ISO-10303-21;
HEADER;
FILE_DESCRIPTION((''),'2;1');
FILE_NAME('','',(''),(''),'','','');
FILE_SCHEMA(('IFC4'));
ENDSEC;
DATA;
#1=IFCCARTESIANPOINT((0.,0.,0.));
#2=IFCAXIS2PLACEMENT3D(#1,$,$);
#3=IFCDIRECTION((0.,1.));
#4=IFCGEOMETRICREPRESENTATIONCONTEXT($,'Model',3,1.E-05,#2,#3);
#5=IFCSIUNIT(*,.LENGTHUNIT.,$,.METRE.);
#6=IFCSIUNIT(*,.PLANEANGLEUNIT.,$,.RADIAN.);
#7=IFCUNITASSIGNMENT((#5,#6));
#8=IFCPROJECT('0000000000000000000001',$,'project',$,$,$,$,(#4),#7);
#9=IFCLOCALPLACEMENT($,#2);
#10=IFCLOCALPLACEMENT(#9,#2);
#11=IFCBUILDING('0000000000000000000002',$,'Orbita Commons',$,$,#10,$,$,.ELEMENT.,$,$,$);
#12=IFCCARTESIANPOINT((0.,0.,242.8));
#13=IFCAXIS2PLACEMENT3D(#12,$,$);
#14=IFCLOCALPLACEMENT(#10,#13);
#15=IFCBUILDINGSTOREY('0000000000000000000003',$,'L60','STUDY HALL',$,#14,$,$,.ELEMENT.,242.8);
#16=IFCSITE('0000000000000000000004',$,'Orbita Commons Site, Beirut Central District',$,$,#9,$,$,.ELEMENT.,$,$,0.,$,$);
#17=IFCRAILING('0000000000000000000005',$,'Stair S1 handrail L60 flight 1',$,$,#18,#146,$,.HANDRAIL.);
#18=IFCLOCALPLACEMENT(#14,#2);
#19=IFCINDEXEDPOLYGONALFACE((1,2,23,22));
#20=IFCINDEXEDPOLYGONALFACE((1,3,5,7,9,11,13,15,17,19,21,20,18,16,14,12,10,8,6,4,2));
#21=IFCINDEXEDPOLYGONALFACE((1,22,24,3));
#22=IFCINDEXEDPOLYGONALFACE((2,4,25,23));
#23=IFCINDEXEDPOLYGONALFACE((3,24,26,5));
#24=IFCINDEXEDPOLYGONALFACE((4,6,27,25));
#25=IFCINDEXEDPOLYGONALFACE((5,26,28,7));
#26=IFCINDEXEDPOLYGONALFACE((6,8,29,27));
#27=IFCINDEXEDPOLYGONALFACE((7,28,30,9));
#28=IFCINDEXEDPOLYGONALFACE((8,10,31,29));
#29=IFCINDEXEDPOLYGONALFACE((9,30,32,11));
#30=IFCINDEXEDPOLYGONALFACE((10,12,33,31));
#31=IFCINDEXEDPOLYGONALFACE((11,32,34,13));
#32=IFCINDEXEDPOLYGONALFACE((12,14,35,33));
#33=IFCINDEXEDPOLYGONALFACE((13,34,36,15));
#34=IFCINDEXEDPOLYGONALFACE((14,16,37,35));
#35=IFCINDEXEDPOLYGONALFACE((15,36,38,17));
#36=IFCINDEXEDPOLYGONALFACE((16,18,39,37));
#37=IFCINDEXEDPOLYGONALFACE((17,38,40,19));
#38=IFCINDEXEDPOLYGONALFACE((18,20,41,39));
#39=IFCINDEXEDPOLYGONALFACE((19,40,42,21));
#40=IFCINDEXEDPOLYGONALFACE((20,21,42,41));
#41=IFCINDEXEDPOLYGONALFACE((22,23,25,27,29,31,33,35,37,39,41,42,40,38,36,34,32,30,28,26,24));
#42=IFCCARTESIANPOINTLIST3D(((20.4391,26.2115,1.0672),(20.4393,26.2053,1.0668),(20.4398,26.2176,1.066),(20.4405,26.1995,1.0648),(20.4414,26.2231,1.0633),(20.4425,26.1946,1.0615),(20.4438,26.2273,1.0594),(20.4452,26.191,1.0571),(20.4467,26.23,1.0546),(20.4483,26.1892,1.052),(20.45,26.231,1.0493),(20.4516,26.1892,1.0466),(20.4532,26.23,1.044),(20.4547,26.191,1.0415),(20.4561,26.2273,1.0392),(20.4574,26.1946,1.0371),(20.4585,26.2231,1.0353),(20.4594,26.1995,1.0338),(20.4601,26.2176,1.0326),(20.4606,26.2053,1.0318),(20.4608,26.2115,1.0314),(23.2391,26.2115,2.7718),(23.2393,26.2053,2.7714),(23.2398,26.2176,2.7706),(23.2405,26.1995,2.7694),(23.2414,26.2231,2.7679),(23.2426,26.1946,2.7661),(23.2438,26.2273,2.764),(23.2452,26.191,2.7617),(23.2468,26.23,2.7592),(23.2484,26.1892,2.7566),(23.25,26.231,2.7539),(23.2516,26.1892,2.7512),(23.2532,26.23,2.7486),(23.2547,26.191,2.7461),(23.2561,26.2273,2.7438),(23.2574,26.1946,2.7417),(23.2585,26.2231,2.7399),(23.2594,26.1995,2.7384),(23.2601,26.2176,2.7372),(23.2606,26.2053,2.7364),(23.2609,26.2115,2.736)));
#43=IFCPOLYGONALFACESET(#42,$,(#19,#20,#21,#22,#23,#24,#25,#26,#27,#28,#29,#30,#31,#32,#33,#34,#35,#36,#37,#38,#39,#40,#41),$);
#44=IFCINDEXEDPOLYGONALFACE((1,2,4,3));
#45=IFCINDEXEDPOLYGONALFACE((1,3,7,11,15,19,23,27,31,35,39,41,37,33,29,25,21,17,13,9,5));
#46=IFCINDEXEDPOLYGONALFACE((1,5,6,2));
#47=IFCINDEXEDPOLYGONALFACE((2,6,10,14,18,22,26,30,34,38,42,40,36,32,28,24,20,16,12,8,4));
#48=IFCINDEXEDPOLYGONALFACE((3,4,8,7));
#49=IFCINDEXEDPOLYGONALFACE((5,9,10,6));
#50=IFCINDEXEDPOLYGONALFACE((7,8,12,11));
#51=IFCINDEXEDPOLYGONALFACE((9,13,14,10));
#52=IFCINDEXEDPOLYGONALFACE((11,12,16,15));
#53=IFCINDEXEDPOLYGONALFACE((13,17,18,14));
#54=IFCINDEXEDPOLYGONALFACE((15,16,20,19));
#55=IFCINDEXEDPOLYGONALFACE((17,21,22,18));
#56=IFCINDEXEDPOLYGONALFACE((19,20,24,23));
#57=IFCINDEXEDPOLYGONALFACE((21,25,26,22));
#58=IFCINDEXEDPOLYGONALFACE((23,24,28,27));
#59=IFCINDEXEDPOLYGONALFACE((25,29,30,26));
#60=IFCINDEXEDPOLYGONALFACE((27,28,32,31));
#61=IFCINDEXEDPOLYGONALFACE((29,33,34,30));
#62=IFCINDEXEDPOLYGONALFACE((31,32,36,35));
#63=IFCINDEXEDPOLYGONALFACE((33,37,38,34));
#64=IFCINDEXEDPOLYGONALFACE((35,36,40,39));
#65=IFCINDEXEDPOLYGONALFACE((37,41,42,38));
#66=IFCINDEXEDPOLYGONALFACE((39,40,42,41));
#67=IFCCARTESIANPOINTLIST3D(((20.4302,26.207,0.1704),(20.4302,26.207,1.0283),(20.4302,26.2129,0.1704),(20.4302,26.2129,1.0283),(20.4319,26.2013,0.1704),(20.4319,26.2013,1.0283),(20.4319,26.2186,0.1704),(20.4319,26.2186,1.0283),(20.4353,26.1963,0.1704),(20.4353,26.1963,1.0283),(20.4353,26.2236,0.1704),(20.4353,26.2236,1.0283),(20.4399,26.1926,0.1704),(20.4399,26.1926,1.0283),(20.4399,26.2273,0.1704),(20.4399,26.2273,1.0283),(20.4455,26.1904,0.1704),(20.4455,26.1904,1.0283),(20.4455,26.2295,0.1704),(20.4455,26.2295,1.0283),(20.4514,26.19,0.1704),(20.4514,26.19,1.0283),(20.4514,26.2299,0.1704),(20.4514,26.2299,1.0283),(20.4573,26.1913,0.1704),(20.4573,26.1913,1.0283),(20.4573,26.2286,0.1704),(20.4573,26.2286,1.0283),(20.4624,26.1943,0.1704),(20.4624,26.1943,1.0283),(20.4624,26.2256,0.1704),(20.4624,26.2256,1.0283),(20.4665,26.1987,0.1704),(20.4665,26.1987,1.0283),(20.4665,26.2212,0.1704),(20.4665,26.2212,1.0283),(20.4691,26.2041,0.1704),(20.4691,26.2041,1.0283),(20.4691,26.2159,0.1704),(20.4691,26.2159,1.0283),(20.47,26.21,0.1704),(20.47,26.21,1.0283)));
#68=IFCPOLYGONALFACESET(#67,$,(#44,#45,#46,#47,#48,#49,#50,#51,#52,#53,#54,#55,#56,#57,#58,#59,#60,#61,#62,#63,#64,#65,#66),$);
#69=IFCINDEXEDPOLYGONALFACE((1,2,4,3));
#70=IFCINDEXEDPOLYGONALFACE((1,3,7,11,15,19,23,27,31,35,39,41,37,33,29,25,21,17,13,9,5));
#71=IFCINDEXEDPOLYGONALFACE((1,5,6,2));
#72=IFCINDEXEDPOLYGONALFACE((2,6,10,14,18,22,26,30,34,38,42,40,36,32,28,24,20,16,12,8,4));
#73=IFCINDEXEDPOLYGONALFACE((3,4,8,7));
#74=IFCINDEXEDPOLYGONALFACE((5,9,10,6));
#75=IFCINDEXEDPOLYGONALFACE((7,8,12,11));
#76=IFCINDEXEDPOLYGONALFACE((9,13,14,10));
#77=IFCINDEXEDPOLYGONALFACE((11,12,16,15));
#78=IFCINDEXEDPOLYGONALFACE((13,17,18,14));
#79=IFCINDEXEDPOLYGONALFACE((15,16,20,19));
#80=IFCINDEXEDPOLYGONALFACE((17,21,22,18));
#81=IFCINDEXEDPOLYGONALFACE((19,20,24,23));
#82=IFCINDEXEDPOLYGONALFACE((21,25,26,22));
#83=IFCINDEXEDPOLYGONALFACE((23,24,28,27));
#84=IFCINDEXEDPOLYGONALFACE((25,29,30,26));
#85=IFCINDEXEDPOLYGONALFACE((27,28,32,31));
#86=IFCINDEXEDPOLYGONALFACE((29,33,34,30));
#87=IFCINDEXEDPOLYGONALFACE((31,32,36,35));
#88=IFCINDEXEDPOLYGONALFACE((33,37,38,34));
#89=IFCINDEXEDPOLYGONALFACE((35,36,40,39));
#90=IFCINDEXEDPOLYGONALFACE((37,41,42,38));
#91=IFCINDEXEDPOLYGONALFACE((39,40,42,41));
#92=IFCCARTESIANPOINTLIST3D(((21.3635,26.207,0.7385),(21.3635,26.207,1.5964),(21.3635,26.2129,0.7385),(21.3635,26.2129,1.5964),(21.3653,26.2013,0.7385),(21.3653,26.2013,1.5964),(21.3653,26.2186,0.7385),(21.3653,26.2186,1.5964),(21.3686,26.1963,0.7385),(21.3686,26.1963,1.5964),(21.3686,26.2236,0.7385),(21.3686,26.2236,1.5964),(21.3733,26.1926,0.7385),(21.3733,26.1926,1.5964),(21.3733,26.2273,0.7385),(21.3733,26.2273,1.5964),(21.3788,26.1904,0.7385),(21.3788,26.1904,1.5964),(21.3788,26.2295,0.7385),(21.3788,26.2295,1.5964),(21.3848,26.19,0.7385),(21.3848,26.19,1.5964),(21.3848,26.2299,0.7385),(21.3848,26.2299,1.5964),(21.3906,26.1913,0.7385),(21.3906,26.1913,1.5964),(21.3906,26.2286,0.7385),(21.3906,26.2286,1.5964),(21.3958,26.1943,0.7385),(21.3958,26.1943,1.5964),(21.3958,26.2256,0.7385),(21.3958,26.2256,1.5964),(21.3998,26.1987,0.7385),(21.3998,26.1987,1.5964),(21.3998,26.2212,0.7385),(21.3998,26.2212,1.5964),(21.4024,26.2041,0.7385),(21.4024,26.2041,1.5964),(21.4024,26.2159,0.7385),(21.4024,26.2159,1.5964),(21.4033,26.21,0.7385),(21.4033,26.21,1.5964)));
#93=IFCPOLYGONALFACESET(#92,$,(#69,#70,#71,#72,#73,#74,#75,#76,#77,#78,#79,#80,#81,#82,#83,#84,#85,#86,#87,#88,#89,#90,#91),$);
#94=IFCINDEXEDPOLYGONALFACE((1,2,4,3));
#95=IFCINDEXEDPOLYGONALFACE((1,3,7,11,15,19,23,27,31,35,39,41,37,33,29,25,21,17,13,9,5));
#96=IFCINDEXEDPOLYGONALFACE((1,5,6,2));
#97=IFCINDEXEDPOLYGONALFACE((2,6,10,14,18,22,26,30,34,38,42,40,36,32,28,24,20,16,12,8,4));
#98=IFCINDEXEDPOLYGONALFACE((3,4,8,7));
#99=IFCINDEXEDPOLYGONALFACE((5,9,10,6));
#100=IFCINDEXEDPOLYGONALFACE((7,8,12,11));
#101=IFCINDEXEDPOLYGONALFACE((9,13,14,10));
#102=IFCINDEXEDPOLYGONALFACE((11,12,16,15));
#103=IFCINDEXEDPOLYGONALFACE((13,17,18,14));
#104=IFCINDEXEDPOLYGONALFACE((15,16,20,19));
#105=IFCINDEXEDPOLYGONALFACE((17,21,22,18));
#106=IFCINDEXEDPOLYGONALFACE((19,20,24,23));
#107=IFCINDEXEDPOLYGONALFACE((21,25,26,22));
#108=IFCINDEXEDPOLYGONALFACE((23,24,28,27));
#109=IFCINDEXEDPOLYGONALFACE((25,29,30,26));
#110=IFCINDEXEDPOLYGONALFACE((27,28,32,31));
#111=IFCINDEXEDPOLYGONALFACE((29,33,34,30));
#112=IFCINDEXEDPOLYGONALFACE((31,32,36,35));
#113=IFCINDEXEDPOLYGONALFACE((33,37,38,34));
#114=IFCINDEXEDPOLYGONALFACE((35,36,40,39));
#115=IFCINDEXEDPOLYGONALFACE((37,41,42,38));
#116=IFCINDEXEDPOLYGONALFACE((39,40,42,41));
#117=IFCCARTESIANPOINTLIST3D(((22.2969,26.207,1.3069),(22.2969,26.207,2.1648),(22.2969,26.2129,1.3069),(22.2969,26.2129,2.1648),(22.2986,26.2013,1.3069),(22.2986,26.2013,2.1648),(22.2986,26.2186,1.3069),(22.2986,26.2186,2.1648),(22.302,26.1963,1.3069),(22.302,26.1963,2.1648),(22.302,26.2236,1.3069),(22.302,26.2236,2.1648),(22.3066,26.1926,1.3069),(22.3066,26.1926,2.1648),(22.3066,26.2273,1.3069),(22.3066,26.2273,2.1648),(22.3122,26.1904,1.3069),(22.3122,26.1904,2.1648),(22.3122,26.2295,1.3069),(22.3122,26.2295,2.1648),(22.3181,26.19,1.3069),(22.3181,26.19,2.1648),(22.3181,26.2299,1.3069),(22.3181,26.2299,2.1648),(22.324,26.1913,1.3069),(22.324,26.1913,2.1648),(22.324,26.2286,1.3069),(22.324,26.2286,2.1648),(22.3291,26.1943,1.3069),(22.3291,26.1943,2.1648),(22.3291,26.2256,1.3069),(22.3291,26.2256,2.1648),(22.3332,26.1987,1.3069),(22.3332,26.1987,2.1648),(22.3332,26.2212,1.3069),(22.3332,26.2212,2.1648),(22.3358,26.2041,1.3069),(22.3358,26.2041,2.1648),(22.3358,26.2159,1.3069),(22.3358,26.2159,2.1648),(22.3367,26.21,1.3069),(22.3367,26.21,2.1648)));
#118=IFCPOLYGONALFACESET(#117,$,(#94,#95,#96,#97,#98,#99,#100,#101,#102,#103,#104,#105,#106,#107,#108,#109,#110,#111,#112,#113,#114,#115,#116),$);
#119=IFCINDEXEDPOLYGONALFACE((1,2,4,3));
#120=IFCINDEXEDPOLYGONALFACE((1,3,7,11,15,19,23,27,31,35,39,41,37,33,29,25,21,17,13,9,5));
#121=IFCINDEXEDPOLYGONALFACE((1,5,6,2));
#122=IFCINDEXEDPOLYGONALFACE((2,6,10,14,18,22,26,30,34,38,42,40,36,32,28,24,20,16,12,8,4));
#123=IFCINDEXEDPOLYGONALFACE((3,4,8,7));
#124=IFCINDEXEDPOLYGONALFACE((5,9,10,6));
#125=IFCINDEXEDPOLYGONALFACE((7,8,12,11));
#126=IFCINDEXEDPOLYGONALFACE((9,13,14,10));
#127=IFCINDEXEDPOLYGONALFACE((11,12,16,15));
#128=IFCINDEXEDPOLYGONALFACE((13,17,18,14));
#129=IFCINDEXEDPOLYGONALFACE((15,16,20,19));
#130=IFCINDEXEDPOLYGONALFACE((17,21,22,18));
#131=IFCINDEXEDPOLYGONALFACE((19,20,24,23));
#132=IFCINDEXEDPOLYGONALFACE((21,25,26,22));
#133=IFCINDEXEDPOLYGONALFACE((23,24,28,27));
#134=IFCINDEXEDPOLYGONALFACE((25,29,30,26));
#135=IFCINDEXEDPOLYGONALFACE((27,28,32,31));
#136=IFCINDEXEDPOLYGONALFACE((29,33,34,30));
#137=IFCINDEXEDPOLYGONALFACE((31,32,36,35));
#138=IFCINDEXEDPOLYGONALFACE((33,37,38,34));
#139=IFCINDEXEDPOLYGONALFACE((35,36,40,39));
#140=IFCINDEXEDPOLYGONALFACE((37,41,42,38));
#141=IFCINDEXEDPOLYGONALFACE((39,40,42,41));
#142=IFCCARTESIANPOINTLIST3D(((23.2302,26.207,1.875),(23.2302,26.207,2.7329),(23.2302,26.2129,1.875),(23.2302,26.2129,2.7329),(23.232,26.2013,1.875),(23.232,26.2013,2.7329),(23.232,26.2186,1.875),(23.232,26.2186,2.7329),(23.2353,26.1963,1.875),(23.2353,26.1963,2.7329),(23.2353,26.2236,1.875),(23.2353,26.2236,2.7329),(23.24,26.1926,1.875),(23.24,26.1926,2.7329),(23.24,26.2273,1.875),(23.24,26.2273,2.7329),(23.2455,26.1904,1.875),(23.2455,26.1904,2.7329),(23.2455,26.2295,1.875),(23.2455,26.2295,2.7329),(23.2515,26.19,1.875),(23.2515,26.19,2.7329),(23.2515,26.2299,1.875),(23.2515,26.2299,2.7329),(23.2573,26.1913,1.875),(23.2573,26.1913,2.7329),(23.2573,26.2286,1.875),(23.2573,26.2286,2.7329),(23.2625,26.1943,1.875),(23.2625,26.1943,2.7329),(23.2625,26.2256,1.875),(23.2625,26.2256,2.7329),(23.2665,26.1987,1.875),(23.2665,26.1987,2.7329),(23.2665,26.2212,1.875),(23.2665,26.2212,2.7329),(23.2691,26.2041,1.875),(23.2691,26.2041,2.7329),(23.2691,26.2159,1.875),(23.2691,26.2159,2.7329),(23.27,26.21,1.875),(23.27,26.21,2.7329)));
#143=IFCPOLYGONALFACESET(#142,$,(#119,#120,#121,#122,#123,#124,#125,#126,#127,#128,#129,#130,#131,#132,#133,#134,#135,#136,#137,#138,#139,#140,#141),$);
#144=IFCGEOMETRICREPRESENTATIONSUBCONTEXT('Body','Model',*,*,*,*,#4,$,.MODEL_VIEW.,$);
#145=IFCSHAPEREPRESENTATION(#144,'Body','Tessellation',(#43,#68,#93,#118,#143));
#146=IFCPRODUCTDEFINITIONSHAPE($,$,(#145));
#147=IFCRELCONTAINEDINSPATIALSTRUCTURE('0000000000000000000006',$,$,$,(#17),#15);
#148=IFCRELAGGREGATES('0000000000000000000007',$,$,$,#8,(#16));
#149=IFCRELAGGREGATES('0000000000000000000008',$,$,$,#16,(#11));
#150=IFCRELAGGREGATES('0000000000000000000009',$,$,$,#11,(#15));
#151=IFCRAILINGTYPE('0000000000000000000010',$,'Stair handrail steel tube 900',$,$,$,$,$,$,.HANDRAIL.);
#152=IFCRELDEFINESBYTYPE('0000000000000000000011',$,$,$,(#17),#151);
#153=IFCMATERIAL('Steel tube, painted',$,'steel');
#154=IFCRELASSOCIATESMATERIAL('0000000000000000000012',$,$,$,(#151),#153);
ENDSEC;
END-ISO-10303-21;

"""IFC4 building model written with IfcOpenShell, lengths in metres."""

from ifc_helpers import new_model, si_unit, direction, frame, origin, origin_2d, place, context, subcontext, project, spatial, circle, extrude, material, type_object, element, save


model = new_model("IFC4")

# Units and contexts
model_context = context("Model", 3, precision=1e-05, world=origin(), true_north=direction((0.0, 1.0)))
body_context = subcontext(model_context, "Body", "Model", "MODEL_VIEW")
ifc_project = project(units=[si_unit("LENGTHUNIT", "METRE"), si_unit("PLANEANGLEUNIT", "RADIAN")], contexts=[model_context])

# Site, building, storey
site_placement = place(None, origin())
site = spatial("IfcSite", under=ifc_project, at=site_placement, Name="Orbita Commons Site, Beirut Central District", CompositionType="ELEMENT", RefElevation=0.0)
building_placement = place(site_placement, origin())
building = spatial("IfcBuilding", under=site, at=building_placement, Name="Orbita Commons", CompositionType="ELEMENT")
storey_placement = place(building_placement, frame((0.0, 0.0, 242.8)))
storey = spatial("IfcBuildingStorey", under=building, at=storey_placement, Name="L60", Description="STUDY HALL", CompositionType="ELEMENT", Elevation=242.8)

# Railing
ifc_material_1 = material(Name="Steel tube, painted", Category="steel")
railing_type = type_object("IfcRailingType", Name="Stair handrail steel tube 900", PredefinedType="HANDRAIL", material=ifc_material_1)
for number, where, name in (
    (1, (20.45, 26.21, 0.1704), "Stair S1 handrail L60 flight 1"),
):
    element("IfcRailing", number, at=place(storey_placement, frame(where)), inside=storey, type_object=railing_type, Name=name, PredefinedType="HANDRAIL", context=body_context, shape_type="SweptSolid", body=[
        extrude(circle(Radius=0.021, at=origin_2d()), frame((0.0, 0.0, 0.8789), z_axis=(0.85417, 0.0, 0.519994), x_axis=(0.0, 1.0, 0.0)), (0.0, 0.0, 1.0), 3.2781),
        extrude(circle(Radius=0.02, at=origin_2d()), origin(), (0.0, 0.0, 1.0), 0.8579),
        extrude(circle(Radius=0.02, at=origin_2d()), frame((0.9333, 0.0, 0.5681)), (0.0, 0.0, 1.0), 0.8579),
        extrude(circle(Radius=0.02, at=origin_2d()), frame((1.8667, 0.0, 1.1365)), (0.0, 0.0, 1.0), 0.8579),
        extrude(circle(Radius=0.02, at=origin_2d()), frame((2.8, 0.0, 1.7046)), (0.0, 0.0, 1.0), 0.8579),
    ])

save(model, "model.ifc")
